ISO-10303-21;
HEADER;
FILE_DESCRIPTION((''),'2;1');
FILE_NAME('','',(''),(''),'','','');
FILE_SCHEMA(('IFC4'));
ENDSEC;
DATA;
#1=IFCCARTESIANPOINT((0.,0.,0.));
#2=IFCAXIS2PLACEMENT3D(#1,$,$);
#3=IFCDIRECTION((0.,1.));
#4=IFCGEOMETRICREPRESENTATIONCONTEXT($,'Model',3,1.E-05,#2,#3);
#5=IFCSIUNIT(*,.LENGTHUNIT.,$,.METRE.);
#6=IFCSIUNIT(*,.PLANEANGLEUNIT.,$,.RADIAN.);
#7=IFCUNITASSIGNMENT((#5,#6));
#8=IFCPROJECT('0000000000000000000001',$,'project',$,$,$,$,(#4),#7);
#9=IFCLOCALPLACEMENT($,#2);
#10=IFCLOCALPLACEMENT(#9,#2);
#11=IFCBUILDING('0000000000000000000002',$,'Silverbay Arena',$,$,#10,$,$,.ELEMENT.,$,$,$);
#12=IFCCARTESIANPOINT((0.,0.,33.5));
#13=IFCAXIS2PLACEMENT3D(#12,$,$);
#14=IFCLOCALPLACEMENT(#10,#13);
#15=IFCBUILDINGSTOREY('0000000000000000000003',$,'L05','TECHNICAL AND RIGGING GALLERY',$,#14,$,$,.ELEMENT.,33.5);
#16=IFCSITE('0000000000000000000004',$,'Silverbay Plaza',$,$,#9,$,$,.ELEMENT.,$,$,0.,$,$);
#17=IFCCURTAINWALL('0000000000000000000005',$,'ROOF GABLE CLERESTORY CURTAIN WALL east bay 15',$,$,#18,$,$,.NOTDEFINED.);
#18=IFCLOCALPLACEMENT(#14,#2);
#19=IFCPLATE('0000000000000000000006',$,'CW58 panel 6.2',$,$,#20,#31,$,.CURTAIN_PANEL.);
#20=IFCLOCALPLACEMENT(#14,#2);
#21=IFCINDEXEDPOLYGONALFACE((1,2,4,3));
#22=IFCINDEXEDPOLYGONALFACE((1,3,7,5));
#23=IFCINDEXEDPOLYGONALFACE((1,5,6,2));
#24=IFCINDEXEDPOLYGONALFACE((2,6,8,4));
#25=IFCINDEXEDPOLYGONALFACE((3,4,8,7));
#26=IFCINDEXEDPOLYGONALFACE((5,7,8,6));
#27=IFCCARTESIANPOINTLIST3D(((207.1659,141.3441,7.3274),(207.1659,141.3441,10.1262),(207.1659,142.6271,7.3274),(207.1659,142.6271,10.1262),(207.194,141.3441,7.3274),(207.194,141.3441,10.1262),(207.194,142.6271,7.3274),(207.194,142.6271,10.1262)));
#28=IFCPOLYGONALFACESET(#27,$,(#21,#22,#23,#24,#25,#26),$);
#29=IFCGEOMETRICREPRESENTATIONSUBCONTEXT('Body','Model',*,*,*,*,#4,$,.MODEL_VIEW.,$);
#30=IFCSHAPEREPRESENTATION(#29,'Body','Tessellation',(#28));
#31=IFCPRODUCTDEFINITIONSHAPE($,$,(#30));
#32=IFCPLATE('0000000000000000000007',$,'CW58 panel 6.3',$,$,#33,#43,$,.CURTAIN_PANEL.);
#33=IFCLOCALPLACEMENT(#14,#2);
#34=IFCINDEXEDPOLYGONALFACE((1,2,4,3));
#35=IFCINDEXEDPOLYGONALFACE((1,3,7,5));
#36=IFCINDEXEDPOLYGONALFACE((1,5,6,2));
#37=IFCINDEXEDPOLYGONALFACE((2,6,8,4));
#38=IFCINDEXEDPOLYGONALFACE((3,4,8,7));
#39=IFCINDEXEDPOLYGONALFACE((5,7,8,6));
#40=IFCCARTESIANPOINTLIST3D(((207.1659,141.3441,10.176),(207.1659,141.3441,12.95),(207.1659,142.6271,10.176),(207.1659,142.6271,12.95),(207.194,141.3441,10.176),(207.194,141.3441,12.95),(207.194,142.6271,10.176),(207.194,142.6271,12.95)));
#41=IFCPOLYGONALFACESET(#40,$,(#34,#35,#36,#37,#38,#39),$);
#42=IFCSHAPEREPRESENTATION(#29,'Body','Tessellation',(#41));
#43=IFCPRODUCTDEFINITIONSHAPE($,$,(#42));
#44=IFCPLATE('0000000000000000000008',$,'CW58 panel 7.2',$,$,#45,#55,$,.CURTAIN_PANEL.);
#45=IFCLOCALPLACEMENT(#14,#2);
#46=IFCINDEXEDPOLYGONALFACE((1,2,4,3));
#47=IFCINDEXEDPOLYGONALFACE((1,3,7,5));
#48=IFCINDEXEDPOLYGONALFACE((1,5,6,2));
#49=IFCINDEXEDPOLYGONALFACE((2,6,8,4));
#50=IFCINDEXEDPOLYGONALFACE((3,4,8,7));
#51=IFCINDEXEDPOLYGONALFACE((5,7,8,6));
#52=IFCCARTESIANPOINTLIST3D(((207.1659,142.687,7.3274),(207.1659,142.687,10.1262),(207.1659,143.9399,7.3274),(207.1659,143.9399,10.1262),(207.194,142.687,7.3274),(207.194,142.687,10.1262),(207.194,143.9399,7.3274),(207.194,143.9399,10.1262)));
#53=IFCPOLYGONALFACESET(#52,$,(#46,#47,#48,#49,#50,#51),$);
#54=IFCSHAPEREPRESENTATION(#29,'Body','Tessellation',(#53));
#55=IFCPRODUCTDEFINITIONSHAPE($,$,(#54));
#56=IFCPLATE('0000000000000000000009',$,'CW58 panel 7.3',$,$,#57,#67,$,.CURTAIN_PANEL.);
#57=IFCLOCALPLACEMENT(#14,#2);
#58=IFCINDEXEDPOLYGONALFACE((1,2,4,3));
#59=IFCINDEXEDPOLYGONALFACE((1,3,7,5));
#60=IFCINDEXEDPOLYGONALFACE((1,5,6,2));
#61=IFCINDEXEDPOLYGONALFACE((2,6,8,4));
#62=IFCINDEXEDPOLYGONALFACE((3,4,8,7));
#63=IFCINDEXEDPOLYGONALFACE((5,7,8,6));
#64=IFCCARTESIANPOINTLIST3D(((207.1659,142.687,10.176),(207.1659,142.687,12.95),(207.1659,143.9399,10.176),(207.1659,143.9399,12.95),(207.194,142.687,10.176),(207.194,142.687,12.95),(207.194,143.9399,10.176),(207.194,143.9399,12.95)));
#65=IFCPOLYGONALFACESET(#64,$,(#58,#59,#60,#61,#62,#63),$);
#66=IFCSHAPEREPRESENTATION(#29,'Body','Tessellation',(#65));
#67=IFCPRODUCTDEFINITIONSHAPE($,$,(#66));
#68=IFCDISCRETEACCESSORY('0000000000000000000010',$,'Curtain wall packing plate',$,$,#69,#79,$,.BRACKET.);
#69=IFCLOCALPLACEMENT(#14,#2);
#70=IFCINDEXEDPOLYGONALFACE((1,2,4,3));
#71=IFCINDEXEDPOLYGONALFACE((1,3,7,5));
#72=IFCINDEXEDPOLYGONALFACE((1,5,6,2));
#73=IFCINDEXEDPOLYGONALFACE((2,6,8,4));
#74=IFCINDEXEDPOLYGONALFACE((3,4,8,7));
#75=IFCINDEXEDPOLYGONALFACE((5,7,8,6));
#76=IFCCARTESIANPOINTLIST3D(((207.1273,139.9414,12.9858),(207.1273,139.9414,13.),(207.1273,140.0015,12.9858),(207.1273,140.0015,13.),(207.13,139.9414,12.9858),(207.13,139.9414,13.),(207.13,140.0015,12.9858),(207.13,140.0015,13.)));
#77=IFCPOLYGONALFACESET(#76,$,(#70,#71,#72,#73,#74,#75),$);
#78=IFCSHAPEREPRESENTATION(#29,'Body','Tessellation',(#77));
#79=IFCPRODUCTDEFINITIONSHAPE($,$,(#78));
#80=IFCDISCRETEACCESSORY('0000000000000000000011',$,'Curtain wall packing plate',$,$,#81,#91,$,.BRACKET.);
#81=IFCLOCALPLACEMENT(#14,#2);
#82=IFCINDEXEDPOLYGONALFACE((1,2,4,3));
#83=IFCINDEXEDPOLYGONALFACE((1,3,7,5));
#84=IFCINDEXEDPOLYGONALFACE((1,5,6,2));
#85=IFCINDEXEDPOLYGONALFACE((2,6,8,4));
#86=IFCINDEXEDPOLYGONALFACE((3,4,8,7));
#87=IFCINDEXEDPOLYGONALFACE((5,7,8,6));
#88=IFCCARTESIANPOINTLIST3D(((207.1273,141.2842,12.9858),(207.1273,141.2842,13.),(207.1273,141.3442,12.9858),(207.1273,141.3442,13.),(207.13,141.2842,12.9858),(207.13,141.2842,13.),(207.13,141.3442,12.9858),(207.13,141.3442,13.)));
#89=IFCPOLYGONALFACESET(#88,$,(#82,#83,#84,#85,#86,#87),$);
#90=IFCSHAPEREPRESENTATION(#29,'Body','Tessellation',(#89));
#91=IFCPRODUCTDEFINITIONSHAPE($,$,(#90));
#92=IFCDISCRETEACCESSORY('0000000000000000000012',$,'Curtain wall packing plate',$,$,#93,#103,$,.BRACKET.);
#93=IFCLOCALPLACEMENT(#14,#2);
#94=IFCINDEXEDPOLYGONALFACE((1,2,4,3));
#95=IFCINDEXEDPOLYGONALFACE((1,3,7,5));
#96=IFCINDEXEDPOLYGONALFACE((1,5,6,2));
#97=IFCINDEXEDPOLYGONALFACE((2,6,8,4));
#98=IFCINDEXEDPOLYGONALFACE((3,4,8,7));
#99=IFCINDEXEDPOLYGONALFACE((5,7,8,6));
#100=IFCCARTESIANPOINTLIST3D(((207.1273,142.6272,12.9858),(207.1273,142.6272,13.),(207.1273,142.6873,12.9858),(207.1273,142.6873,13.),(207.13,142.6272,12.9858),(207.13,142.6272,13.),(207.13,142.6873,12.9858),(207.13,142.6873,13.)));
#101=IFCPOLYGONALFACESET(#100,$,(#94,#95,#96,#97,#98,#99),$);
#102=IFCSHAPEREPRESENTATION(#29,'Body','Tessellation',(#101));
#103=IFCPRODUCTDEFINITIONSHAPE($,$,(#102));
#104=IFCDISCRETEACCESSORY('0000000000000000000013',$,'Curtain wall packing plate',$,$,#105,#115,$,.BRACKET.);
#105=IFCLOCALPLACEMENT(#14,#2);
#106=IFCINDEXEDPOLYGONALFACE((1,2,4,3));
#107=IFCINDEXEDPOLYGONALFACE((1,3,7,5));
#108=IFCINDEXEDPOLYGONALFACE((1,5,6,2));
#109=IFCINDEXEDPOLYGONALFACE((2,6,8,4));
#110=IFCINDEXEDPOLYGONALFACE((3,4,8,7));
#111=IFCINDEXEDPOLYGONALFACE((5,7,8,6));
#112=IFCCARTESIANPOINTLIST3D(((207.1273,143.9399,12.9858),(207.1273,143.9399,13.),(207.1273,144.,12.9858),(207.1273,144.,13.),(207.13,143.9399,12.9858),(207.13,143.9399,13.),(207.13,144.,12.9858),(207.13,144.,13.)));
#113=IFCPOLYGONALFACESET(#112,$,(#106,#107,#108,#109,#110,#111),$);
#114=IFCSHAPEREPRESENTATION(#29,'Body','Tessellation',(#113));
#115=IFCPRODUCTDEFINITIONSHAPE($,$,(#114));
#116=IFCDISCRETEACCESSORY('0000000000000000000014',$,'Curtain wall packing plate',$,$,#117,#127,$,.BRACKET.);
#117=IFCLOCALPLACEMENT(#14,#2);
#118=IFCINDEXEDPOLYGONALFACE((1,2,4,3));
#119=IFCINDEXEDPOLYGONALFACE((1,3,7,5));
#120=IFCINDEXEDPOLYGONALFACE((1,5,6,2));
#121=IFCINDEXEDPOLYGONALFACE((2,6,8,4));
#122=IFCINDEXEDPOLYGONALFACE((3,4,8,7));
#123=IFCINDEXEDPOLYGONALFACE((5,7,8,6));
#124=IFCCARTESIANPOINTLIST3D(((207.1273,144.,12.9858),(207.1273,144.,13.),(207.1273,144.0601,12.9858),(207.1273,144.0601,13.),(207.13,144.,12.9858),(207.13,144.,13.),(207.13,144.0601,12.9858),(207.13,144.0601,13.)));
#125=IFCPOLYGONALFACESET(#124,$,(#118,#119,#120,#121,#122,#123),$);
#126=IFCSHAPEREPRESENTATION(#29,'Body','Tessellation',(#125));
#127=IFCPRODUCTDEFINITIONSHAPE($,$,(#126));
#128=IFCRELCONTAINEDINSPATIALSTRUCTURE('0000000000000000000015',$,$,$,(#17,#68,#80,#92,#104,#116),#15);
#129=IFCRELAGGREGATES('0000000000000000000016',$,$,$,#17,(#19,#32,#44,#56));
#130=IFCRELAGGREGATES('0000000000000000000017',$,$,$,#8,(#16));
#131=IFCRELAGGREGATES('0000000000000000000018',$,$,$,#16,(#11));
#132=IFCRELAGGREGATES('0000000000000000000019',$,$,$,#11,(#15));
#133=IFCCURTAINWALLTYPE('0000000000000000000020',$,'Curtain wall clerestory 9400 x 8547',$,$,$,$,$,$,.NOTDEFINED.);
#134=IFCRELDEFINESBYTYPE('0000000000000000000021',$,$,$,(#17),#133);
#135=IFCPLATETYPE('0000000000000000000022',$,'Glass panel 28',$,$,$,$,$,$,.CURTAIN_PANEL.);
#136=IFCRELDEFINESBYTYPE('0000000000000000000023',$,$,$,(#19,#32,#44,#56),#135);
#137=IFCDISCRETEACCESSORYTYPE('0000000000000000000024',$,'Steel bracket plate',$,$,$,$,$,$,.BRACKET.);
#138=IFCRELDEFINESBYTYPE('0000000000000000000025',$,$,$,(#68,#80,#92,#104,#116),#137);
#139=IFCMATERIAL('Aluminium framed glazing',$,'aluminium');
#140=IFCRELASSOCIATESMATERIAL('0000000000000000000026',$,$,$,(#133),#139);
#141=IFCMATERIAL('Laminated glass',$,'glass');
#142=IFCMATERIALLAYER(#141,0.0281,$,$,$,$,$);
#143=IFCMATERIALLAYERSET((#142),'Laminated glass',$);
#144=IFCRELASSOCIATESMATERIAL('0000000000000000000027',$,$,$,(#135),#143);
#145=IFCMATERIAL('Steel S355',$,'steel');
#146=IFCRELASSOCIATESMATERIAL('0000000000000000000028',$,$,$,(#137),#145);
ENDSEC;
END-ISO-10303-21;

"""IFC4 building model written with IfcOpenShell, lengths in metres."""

from ifc_helpers import new_model, si_unit, direction, frame, origin, origin_2d, place, context, subcontext, project, spatial, rectangle, extrude, material, layer, layer_set, type_object, element, aggregate, save


model = new_model("IFC4")

# Units and contexts
model_context = context("Model", 3, precision=1e-05, world=origin(), true_north=direction((0.0, 1.0)))
body_context = subcontext(model_context, "Body", "Model", "MODEL_VIEW")
ifc_project = project(units=[si_unit("LENGTHUNIT", "METRE"), si_unit("PLANEANGLEUNIT", "RADIAN")], contexts=[model_context])

# Site, building, storey
site_placement = place(None, origin())
site = spatial("IfcSite", under=ifc_project, at=site_placement, Name="Silverbay Plaza", CompositionType="ELEMENT", RefElevation=0.0)
building_placement = place(site_placement, origin())
building = spatial("IfcBuilding", under=site, at=building_placement, Name="Silverbay Arena", CompositionType="ELEMENT")
storey_placement = place(building_placement, frame((0.0, 0.0, 33.5)))
storey = spatial("IfcBuildingStorey", under=building, at=storey_placement, Name="L05", Description="TECHNICAL AND RIGGING GALLERY", CompositionType="ELEMENT", Elevation=33.5)

# Curtain wall
ifc_material_1 = material(Name="Aluminium framed glazing", Category="aluminium")
curtain_wall_type_1 = type_object("IfcCurtainWallType", Name="Curtain wall clerestory 9400 x 8547", PredefinedType="NOTDEFINED", material=ifc_material_1)
curtain_wall_1_placement = place(storey_placement, origin())
curtain_wall_1 = element("IfcCurtainWall", 1, at=curtain_wall_1_placement, inside=storey, type_object=curtain_wall_type_1, Name="ROOF GABLE CLERESTORY CURTAIN WALL east bay 15", PredefinedType="NOTDEFINED")

# Plates
ifc_material_2 = material(Name="Laminated glass", Category="glass")
ifc_layer = layer(ifc_material_2, 0.0281)
ifc_layer_set = layer_set([ifc_layer], Name="Laminated glass")
plate_type = type_object("IfcPlateType", Name="Glass panel 28", PredefinedType="CURTAIN_PANEL", material=ifc_layer_set)
plate_1_placement = place(storey_placement, frame((207.1799, 141.9856, 7.3274), z_axis=(0.0, 0.0, 1.0), x_axis=(0.0, 1.0, 0.0)))
plate_1 = element("IfcPlate", 2, at=plate_1_placement, type_object=plate_type, Name="CW58 panel 6.2", PredefinedType="CURTAIN_PANEL", context=body_context, shape_type="SweptSolid", body=[
    extrude(rectangle(XDim=1.283, YDim=0.0281, at=origin_2d()), origin(), (0.0, 0.0, 1.0), 2.7988),
])
plate_2_placement = place(storey_placement, frame((207.1799, 141.9856, 10.176), z_axis=(0.0, 0.0, 1.0), x_axis=(0.0, 1.0, 0.0)))
plate_2 = element("IfcPlate", 3, at=plate_2_placement, type_object=plate_type, Name="CW58 panel 6.3", PredefinedType="CURTAIN_PANEL", context=body_context, shape_type="SweptSolid", body=[
    extrude(rectangle(XDim=1.283, YDim=0.0281, at=origin_2d()), origin(), (0.0, 0.0, 1.0), 2.7739),
])
plate_3_placement = place(storey_placement, frame((207.1799, 143.3135, 7.3274), z_axis=(0.0, 0.0, 1.0), x_axis=(0.0, 1.0, 0.0)))
plate_3 = element("IfcPlate", 4, at=plate_3_placement, type_object=plate_type, Name="CW58 panel 7.2", PredefinedType="CURTAIN_PANEL", context=body_context, shape_type="SweptSolid", body=[
    extrude(rectangle(XDim=1.2529, YDim=0.0281, at=origin_2d()), origin(), (0.0, 0.0, 1.0), 2.7988),
])
plate_4_placement = place(storey_placement, frame((207.1799, 143.3135, 10.176), z_axis=(0.0, 0.0, 1.0), x_axis=(0.0, 1.0, 0.0)))
plate_4 = element("IfcPlate", 5, at=plate_4_placement, type_object=plate_type, Name="CW58 panel 7.3", PredefinedType="CURTAIN_PANEL", context=body_context, shape_type="SweptSolid", body=[
    extrude(rectangle(XDim=1.2529, YDim=0.0281, at=origin_2d()), origin(), (0.0, 0.0, 1.0), 2.7739),
])
aggregate(curtain_wall_1, [plate_1, plate_2, plate_3, plate_4])

# Discrete accessories
ifc_material_3 = material(Name="Steel S355", Category="steel")
discrete_accessory_type = type_object("IfcDiscreteAccessoryType", Name="Steel bracket plate", PredefinedType="BRACKET", material=ifc_material_3)
for number, where, z_axis, x_axis, name in (
    (6, (207.1287, 139.9714, 12.9858), (0.0, 0.0, 1.0), (1.0, 0.0, 0.0), "Curtain wall packing plate"),
    (7, (207.1287, 141.3142, 12.9858), (0.0, 0.0, 1.0), (1.0, 0.0, 0.0), "Curtain wall packing plate"),
    (8, (207.1287, 142.6572, 12.9858), (0.0, 0.0, 1.0), (1.0, 0.0, 0.0), "Curtain wall packing plate"),
    (9, (207.1287, 143.97, 12.9858), (0.0, 0.0, 1.0), (1.0, 0.0, 0.0), "Curtain wall packing plate"),
    (10, (207.1287, 144.03, 12.9858), (0.0, 0.0, 1.0), (1.0, 0.0, 0.0), "Curtain wall packing plate"),
):
    element("IfcDiscreteAccessory", number, at=place(storey_placement, frame(where, z_axis=z_axis, x_axis=x_axis)), inside=storey, type_object=discrete_accessory_type, Name=name, PredefinedType="BRACKET", context=body_context, shape_type="SweptSolid", body=[
        extrude(rectangle(XDim=0.0027, YDim=0.0601, at=origin_2d()), origin(), (0.0, 0.0, 1.0), 0.0142),
    ])

save(model, "model.ifc")
